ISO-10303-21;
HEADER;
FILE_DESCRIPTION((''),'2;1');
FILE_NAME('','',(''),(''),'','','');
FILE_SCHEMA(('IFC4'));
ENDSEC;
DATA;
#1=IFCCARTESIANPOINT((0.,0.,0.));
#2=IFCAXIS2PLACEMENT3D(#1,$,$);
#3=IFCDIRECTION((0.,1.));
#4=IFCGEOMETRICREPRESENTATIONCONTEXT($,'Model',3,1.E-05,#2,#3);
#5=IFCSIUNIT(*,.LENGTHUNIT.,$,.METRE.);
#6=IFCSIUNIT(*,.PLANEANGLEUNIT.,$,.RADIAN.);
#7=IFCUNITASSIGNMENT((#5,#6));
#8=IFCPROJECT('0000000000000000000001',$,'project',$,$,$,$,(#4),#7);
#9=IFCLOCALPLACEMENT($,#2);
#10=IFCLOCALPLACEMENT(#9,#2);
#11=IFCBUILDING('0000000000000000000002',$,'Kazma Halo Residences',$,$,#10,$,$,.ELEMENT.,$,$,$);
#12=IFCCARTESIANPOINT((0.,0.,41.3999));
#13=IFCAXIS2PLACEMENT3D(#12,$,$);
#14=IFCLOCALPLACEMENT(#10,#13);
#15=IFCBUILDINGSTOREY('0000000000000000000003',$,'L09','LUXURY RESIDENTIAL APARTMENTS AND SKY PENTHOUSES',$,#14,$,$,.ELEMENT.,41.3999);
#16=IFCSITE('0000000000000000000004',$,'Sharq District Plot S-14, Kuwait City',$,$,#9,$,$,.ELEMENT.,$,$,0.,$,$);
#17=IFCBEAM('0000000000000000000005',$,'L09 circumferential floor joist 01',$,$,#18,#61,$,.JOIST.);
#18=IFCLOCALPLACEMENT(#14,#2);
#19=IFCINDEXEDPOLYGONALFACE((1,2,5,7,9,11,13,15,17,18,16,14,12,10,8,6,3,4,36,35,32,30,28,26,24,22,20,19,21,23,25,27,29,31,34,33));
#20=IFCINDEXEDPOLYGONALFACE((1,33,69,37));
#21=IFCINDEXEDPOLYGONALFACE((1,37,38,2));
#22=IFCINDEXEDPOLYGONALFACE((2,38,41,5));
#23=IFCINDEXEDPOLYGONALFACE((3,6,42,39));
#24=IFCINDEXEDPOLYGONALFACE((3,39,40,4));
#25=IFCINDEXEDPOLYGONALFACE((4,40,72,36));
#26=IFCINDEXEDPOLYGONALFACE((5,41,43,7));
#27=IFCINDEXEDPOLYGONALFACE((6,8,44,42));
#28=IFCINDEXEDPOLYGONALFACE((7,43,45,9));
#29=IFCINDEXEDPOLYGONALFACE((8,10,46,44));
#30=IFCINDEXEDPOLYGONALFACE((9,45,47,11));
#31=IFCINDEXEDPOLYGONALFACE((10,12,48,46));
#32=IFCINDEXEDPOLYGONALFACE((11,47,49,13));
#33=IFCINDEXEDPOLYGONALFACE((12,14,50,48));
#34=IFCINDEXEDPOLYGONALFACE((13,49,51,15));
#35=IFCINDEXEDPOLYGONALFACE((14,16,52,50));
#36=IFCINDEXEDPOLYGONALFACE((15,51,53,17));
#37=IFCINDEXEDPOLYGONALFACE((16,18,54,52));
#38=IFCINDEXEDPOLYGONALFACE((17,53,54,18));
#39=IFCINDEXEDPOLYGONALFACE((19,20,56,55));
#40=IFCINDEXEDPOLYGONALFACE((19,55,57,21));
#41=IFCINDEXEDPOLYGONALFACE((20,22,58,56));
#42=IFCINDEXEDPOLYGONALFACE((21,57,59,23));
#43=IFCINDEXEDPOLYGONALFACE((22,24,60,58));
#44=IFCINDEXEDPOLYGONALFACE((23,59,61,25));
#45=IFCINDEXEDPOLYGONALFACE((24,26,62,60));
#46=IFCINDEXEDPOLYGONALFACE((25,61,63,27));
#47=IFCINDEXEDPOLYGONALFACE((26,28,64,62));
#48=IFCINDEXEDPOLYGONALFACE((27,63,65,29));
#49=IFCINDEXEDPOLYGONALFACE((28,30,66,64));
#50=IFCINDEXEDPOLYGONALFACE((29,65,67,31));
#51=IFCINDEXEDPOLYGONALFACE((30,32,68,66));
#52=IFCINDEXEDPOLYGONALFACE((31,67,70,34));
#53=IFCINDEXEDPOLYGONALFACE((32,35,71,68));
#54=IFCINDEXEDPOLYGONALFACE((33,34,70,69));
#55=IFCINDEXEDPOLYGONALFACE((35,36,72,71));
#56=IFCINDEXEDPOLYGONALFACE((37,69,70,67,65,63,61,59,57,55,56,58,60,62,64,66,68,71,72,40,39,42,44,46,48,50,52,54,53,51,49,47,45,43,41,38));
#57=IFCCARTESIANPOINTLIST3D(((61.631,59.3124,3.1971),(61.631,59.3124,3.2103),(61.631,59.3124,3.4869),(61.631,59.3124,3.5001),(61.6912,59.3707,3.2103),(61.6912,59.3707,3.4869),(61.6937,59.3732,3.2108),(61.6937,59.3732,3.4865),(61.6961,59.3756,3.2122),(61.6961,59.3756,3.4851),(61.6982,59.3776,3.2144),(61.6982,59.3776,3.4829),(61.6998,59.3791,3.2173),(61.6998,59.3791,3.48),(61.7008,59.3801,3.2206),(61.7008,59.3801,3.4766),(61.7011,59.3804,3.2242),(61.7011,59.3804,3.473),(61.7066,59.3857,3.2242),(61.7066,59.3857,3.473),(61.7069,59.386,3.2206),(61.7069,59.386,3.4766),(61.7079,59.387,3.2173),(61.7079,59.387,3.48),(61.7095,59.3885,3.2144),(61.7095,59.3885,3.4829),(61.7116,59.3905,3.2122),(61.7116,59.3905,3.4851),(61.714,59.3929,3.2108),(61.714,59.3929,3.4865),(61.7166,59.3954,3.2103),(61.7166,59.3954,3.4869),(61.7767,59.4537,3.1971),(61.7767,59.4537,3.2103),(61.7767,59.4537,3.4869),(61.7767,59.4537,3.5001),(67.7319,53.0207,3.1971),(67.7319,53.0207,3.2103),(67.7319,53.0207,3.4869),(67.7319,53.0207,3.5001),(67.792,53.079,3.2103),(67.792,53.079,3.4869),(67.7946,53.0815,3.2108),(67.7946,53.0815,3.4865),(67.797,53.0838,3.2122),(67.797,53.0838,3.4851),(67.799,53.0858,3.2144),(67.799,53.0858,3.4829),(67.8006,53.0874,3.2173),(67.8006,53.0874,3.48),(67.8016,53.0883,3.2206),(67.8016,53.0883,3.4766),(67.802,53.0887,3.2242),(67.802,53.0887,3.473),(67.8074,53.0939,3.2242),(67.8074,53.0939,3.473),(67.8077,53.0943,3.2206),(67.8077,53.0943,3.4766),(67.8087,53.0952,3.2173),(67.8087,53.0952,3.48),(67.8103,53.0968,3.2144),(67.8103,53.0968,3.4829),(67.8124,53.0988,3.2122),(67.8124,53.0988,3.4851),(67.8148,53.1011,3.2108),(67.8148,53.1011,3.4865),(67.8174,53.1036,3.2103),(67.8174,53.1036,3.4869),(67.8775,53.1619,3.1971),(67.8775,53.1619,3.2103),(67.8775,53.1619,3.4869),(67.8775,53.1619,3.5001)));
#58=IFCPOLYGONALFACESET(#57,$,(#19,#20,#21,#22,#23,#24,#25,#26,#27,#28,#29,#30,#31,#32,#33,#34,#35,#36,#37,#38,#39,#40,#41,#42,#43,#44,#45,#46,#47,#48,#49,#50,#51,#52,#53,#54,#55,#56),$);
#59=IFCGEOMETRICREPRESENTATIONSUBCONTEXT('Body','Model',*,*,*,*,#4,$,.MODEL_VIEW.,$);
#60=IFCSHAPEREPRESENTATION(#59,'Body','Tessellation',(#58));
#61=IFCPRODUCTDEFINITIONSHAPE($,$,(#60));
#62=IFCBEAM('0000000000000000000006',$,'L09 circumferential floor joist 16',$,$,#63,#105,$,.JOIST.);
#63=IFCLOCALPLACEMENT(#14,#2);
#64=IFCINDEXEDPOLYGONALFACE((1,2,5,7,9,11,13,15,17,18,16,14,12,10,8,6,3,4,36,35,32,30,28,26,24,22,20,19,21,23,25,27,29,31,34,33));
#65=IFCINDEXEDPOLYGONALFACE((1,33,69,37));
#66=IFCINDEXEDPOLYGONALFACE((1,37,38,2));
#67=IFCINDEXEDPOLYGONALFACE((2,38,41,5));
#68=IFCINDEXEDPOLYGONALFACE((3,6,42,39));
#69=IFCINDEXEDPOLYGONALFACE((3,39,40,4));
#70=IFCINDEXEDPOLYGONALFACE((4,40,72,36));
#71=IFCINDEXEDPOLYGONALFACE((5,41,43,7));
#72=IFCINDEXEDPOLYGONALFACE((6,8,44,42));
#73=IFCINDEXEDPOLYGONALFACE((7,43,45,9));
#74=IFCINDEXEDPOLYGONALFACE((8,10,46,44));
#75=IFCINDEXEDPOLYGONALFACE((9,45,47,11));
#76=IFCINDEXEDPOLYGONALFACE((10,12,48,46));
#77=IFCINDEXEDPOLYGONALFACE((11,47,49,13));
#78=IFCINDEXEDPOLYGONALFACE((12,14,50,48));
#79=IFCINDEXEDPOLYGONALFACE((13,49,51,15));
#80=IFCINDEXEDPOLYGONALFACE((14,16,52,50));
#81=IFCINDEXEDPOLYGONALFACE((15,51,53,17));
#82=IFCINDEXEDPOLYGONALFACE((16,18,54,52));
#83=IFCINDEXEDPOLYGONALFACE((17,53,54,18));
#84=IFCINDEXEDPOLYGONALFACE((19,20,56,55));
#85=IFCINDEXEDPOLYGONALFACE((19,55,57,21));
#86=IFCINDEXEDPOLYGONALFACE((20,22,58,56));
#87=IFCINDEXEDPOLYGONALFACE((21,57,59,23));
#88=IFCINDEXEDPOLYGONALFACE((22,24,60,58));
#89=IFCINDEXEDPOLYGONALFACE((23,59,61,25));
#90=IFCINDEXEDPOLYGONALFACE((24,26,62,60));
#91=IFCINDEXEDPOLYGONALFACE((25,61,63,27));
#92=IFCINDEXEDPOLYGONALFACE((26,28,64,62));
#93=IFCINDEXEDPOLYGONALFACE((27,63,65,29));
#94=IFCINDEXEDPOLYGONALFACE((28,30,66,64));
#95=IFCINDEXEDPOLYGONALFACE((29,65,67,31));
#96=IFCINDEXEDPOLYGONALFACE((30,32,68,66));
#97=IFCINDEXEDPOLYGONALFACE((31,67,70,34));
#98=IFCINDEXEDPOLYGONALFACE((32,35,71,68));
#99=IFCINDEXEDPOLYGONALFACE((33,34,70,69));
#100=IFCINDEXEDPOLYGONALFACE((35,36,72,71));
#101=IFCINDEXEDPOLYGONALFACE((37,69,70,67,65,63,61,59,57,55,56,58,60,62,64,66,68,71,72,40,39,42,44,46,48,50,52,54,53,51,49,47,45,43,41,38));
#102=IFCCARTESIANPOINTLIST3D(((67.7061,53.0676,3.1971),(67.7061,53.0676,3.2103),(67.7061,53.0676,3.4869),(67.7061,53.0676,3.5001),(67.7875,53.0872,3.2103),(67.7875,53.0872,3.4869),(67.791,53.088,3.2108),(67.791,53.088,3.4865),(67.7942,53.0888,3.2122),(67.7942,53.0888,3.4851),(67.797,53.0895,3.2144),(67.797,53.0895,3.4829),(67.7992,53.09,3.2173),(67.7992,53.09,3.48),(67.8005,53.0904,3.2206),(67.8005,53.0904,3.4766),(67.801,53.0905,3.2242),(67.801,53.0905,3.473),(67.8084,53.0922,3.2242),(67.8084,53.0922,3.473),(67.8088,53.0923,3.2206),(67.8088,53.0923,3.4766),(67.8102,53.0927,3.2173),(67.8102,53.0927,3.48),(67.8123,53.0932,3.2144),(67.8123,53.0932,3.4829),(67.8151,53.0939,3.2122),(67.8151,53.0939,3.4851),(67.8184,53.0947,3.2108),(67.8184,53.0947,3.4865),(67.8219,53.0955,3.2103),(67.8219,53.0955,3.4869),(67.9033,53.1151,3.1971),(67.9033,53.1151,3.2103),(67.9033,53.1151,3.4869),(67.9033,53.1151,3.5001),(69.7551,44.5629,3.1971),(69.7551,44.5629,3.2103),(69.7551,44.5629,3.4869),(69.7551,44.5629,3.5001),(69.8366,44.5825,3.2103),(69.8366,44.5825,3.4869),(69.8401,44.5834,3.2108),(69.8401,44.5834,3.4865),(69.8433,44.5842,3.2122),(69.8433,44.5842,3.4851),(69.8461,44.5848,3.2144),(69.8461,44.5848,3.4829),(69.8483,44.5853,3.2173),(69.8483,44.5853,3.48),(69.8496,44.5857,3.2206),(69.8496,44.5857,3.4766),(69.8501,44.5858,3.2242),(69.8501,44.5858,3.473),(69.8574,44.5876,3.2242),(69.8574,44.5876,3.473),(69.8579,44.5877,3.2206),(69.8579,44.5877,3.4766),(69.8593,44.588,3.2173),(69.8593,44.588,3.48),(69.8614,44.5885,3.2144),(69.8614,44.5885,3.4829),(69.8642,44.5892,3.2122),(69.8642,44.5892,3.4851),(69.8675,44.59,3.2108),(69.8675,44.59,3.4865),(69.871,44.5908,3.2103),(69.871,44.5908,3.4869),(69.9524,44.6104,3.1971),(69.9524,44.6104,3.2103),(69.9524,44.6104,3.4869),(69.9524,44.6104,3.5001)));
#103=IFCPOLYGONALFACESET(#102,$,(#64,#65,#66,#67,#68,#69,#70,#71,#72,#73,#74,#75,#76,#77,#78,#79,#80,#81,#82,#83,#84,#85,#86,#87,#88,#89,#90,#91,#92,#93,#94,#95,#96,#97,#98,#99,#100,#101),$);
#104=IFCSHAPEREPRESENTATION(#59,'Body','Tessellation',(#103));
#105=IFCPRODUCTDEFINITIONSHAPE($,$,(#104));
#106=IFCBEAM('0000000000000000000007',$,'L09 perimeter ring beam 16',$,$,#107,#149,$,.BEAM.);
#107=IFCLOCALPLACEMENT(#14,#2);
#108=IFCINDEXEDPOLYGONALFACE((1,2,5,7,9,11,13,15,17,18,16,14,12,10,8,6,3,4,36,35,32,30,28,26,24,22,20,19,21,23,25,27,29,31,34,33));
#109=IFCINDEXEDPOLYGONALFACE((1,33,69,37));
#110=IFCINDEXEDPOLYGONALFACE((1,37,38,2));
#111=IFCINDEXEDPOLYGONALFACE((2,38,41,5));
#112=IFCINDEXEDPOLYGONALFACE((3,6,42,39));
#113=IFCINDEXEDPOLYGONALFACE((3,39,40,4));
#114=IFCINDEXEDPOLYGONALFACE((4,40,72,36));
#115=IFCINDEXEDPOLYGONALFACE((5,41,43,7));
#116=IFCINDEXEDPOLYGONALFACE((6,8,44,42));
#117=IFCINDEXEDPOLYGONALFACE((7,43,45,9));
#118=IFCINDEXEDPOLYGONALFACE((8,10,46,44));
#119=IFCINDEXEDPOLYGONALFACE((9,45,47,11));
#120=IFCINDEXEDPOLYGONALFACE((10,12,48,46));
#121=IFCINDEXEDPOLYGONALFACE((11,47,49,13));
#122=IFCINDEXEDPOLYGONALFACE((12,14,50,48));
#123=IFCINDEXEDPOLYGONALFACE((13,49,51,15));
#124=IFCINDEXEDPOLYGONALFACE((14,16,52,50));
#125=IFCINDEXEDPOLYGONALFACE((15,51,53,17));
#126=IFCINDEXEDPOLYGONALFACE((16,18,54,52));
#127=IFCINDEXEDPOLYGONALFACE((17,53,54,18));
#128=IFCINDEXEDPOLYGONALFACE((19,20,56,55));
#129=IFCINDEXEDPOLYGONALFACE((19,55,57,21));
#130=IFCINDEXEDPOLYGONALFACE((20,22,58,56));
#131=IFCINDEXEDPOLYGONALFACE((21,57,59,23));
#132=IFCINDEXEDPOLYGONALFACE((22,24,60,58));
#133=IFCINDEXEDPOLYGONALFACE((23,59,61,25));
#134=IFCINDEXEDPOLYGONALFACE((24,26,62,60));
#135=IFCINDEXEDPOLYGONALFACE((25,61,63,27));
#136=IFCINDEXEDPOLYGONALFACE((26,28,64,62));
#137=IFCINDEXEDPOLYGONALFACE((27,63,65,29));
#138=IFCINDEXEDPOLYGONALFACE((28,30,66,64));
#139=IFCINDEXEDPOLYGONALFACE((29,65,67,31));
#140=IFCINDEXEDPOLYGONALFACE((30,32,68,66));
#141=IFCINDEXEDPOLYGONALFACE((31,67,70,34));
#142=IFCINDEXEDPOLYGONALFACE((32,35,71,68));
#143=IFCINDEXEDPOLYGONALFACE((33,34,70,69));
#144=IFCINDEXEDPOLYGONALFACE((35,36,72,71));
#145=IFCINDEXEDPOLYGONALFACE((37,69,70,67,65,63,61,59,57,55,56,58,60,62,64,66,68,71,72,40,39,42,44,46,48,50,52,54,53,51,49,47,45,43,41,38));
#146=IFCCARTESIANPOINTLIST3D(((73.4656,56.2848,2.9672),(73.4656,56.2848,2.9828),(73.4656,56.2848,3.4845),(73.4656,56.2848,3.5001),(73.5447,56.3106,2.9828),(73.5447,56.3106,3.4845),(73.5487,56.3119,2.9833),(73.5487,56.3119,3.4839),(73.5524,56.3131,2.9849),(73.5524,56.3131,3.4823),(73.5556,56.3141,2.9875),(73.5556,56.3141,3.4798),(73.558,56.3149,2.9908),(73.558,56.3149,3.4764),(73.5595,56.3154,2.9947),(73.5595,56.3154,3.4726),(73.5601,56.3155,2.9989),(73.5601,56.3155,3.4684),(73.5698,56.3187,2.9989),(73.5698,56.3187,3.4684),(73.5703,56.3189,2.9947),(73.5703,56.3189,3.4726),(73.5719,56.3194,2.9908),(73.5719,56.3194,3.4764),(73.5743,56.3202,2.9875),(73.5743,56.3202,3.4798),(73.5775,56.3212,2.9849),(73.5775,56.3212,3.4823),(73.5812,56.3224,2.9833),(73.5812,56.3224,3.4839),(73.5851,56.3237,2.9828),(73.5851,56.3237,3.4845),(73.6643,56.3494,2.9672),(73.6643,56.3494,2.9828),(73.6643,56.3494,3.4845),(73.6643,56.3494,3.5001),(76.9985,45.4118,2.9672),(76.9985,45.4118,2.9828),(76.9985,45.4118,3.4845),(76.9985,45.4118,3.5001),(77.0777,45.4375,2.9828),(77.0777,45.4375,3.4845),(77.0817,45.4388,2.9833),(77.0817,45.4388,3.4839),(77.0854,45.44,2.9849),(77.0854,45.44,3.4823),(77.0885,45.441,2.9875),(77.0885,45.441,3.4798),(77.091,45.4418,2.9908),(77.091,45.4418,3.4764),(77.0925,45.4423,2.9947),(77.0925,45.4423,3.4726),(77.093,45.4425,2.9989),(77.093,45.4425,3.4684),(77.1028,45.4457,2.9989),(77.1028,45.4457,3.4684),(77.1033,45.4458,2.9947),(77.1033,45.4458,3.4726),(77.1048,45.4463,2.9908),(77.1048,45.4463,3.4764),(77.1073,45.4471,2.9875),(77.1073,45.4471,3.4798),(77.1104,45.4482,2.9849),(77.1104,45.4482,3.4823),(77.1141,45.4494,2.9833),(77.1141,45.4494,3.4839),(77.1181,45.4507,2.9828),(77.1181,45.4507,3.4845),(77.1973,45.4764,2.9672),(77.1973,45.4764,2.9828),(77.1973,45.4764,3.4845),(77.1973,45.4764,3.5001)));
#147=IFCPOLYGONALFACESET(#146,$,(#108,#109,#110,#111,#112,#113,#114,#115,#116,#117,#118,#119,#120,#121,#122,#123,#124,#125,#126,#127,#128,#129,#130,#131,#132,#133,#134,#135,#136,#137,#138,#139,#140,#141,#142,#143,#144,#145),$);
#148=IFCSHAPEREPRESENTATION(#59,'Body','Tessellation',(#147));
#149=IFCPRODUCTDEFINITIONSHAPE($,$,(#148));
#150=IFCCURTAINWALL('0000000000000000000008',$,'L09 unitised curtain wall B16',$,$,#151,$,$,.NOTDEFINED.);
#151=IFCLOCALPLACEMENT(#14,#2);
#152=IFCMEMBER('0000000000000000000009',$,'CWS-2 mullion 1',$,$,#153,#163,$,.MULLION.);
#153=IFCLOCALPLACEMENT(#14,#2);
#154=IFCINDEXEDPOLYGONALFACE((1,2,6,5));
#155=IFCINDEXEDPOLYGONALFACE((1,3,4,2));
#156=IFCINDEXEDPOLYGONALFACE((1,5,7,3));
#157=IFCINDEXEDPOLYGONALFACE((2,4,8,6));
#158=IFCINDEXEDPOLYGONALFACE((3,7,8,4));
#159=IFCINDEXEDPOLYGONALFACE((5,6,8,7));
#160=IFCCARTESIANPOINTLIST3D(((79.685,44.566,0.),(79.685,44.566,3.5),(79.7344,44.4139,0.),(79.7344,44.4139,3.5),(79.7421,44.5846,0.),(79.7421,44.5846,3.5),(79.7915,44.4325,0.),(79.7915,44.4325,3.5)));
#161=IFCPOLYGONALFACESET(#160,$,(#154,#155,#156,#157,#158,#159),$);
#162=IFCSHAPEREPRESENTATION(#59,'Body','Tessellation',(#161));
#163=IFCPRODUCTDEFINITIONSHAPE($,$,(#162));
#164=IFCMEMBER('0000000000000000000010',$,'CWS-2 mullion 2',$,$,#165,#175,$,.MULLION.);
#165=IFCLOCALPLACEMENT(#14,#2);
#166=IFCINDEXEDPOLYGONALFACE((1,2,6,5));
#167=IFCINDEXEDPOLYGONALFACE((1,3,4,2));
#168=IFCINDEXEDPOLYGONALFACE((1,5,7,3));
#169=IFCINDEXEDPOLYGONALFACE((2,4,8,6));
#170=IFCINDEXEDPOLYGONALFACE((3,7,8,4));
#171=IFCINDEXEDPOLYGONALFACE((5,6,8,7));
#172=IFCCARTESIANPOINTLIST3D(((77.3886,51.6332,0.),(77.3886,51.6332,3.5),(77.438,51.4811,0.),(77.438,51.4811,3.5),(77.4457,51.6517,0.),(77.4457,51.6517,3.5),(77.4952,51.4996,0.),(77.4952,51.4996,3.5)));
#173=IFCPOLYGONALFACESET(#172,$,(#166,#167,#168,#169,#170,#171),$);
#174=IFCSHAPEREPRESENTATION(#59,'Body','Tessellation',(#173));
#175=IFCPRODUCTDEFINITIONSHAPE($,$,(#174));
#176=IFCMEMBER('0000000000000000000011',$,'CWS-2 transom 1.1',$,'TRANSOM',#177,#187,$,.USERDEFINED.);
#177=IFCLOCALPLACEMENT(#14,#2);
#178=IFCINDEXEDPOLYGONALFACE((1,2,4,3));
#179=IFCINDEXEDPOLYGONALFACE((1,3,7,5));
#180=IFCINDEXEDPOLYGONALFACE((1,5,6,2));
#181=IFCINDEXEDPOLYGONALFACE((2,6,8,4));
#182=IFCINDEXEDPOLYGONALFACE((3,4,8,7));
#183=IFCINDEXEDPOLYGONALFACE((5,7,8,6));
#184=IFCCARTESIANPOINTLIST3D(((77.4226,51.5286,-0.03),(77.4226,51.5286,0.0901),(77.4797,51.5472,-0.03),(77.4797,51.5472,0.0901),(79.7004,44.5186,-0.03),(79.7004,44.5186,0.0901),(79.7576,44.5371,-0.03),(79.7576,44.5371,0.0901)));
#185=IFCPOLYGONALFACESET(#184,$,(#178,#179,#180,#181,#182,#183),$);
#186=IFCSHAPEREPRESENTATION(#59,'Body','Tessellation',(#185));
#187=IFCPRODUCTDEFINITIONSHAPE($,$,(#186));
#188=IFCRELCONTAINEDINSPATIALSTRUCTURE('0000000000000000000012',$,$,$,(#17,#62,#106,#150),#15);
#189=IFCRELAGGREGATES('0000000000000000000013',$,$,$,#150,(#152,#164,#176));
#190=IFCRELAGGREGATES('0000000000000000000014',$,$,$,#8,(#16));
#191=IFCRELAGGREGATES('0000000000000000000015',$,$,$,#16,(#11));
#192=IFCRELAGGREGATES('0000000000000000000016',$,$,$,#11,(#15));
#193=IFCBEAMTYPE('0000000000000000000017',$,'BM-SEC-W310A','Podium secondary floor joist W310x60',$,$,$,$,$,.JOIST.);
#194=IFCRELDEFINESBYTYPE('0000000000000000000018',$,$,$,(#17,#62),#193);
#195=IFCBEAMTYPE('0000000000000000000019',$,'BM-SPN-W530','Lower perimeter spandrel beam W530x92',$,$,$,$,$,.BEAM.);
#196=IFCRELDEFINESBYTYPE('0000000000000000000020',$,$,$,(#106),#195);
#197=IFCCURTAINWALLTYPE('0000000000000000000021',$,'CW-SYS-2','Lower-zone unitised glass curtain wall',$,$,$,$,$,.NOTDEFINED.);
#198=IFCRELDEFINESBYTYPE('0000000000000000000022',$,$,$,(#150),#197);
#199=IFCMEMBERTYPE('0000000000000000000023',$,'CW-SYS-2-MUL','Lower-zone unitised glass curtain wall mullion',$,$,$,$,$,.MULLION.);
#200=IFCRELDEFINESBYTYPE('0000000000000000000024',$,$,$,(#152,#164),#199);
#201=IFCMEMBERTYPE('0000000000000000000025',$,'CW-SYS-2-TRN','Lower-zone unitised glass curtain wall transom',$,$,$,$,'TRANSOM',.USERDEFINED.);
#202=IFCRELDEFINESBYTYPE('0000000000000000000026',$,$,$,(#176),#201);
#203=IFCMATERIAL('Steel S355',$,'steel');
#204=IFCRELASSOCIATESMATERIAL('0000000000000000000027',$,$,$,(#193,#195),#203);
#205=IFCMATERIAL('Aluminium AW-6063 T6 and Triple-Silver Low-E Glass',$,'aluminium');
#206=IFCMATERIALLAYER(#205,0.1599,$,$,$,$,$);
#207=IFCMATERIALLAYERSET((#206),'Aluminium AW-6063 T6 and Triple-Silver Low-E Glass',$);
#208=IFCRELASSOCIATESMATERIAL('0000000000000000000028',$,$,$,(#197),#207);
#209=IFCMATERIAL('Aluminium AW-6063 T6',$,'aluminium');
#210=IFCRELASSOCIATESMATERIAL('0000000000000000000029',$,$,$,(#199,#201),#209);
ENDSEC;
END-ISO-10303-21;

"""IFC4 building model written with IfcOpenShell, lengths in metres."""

from ifc_helpers import new_model, si_unit, direction, frame, origin, origin_2d, place, context, subcontext, project, spatial, rectangle, i_section, extrude, material, layer, layer_set, material_profile, profile_set, type_object, element, aggregate, save


model = new_model("IFC4")

# Units and contexts
model_context = context("Model", 3, precision=1e-05, world=origin(), true_north=direction((0.0, 1.0)))
body_context = subcontext(model_context, "Body", "Model", "MODEL_VIEW")
ifc_project = project(units=[si_unit("LENGTHUNIT", "METRE"), si_unit("PLANEANGLEUNIT", "RADIAN")], contexts=[model_context])

# Site, building, storey
site_placement = place(None, origin())
site = spatial("IfcSite", under=ifc_project, at=site_placement, Name="Sharq District Plot S-14, Kuwait City", CompositionType="ELEMENT", RefElevation=0.0)
building_placement = place(site_placement, origin())
building = spatial("IfcBuilding", under=site, at=building_placement, Name="Kazma Halo Residences", CompositionType="ELEMENT")
storey_placement = place(building_placement, frame((0.0, 0.0, 41.3999)))
storey = spatial("IfcBuildingStorey", under=building, at=storey_placement, Name="L09", Description="LUXURY RESIDENTIAL APARTMENTS AND SKY PENTHOUSES", CompositionType="ELEMENT", Elevation=41.3999)

# Beams
ifc_material_1 = material(Name="Steel S355", Category="steel")
ifc_material_profile_1 = material_profile(ifc_material_1, i_section(OverallWidth=0.2029, OverallDepth=0.303, WebThickness=0.0076, FlangeThickness=0.0132, FilletRadius=0.0139, at=origin_2d()), Name="W310x60")
ifc_profile_set_1 = profile_set([ifc_material_profile_1], Name="Steel S355")
beam_type_1 = type_object("IfcBeamType", Name="BM-SEC-W310A", Description="Podium secondary floor joist W310x60", PredefinedType="JOIST", material=ifc_profile_set_1)
beam_1_placement = place(storey_placement, frame((67.8047, 53.0913, 3.3486), z_axis=(-0.696131, 0.717915, 0.0), x_axis=(-0.717915, -0.696131, 0.0)))
element("IfcBeam", 1, at=beam_1_placement, inside=storey, type_object=beam_type_1, Name="L09 circumferential floor joist 01", PredefinedType="JOIST", context=body_context, shape_type="SweptSolid", body=[
    extrude(i_section(OverallWidth=0.2029, OverallDepth=0.303, WebThickness=0.0076, FlangeThickness=0.0132, FilletRadius=0.0139, at=origin_2d()), origin(), (0.0, 0.0, 1.0), 8.7639),
])
beam_2_placement = place(storey_placement, frame((69.8538, 44.5867, 3.3486), z_axis=(-0.234233, 0.97218, 0.0), x_axis=(-0.97218, -0.234233, 0.0)))
element("IfcBeam", 2, at=beam_2_placement, inside=storey, type_object=beam_type_1, Name="L09 circumferential floor joist 16", PredefinedType="JOIST", context=body_context, shape_type="SweptSolid", body=[
    extrude(i_section(OverallWidth=0.2029, OverallDepth=0.303, WebThickness=0.0076, FlangeThickness=0.0132, FilletRadius=0.0139, at=origin_2d()), origin(), (0.0, 0.0, 1.0), 8.748),
])
ifc_material_profile_2 = material_profile(ifc_material_1, i_section(OverallWidth=0.209, OverallDepth=0.533, WebThickness=0.0103, FlangeThickness=0.0156, FilletRadius=0.0161, at=origin_2d()), Name="W530x92")
ifc_profile_set_2 = profile_set([ifc_material_profile_2], Name="Steel S355")
beam_type_2 = type_object("IfcBeamType", Name="BM-SPN-W530", Description="Lower perimeter spandrel beam W530x92", PredefinedType="BEAM", material=ifc_profile_set_2)
beam_3_placement = place(storey_placement, frame((77.0979, 45.4441, 3.2336), z_axis=(-0.309024, 0.951054, 0.0), x_axis=(-0.951054, -0.309024, 0.0)))
element("IfcBeam", 3, at=beam_3_placement, inside=storey, type_object=beam_type_2, Name="L09 perimeter ring beam 16", PredefinedType="BEAM", context=body_context, shape_type="SweptSolid", body=[
    extrude(i_section(OverallWidth=0.209, OverallDepth=0.533, WebThickness=0.0103, FlangeThickness=0.0156, FilletRadius=0.0161, at=origin_2d()), origin(), (0.0, 0.0, 1.0), 11.4326),
])

# Curtain wall, members
ifc_material_2 = material(Name="Aluminium AW-6063 T6 and Triple-Silver Low-E Glass", Category="aluminium")
ifc_layer_1 = layer(ifc_material_2, 0.1599)
ifc_layer_set_1 = layer_set([ifc_layer_1], Name="Aluminium AW-6063 T6 and Triple-Silver Low-E Glass")
curtain_wall_type = type_object("IfcCurtainWallType", Name="CW-SYS-2", Description="Lower-zone unitised glass curtain wall", PredefinedType="NOTDEFINED", material=ifc_layer_set_1)
curtain_wall_placement = place(storey_placement, origin())
curtain_wall = element("IfcCurtainWall", 4, at=curtain_wall_placement, inside=storey, type_object=curtain_wall_type, Name="L09 unitised curtain wall B16", PredefinedType="NOTDEFINED")
ifc_material_3 = material(Name="Aluminium AW-6063 T6", Category="aluminium")
ifc_material_profile_3 = material_profile(ifc_material_3, rectangle(XDim=0.0601, YDim=0.1599, at=origin_2d()), Name="CWM-60x160")
ifc_profile_set_3 = profile_set([ifc_material_profile_3], Name="Aluminium AW-6063 T6")
member_type_1 = type_object("IfcMemberType", Name="CW-SYS-2-MUL", Description="Lower-zone unitised glass curtain wall mullion", PredefinedType="MULLION", material=ifc_profile_set_3)
member_1_placement = place(storey_placement, frame((79.7383, 44.4993, 0.0), z_axis=(0.0, 0.0, 1.0), x_axis=(-0.951057, -0.309017, 0.0)))
member_1 = element("IfcMember", 5, at=member_1_placement, type_object=member_type_1, Name="CWS-2 mullion 1", PredefinedType="MULLION", context=body_context, shape_type="SweptSolid", body=[
    extrude(rectangle(XDim=0.0601, YDim=0.1599, at=origin_2d()), origin(), (0.0, 0.0, 1.0), 3.5),
])
member_2_placement = place(storey_placement, frame((77.4419, 51.5664, 0.0), z_axis=(0.0, 0.0, 1.0), x_axis=(-0.951057, -0.309017, 0.0)))
member_2 = element("IfcMember", 6, at=member_2_placement, type_object=member_type_1, Name="CWS-2 mullion 2", PredefinedType="MULLION", context=body_context, shape_type="SweptSolid", body=[
    extrude(rectangle(XDim=0.0601, YDim=0.1599, at=origin_2d()), origin(), (0.0, 0.0, 1.0), 3.5),
])
ifc_material_profile_4 = material_profile(ifc_material_3, rectangle(XDim=0.0601, YDim=0.1201, at=origin_2d()), Name="CWT-60x120")
ifc_profile_set_4 = profile_set([ifc_material_profile_4], Name="Aluminium AW-6063 T6")
member_type_2 = type_object("IfcMemberType", Name="CW-SYS-2-TRN", Description="Lower-zone unitised glass curtain wall transom", ElementType="TRANSOM", PredefinedType="USERDEFINED", material=ifc_profile_set_4)
member_3_placement = place(storey_placement, frame((79.729, 44.5278, 0.03), z_axis=(-0.309034, 0.951051, 0.0), x_axis=(-0.951051, -0.309034, 0.0)))
member_3 = element("IfcMember", 7, at=member_3_placement, type_object=member_type_2, Name="CWS-2 transom 1.1", ObjectType="TRANSOM", PredefinedType="USERDEFINED", context=body_context, shape_type="SweptSolid", body=[
    extrude(rectangle(XDim=0.0601, YDim=0.1201, at=origin_2d()), origin(), (0.0, 0.0, 1.0), 7.3708),
])
aggregate(curtain_wall, [member_1, member_2, member_3])

save(model, "model.ifc")
